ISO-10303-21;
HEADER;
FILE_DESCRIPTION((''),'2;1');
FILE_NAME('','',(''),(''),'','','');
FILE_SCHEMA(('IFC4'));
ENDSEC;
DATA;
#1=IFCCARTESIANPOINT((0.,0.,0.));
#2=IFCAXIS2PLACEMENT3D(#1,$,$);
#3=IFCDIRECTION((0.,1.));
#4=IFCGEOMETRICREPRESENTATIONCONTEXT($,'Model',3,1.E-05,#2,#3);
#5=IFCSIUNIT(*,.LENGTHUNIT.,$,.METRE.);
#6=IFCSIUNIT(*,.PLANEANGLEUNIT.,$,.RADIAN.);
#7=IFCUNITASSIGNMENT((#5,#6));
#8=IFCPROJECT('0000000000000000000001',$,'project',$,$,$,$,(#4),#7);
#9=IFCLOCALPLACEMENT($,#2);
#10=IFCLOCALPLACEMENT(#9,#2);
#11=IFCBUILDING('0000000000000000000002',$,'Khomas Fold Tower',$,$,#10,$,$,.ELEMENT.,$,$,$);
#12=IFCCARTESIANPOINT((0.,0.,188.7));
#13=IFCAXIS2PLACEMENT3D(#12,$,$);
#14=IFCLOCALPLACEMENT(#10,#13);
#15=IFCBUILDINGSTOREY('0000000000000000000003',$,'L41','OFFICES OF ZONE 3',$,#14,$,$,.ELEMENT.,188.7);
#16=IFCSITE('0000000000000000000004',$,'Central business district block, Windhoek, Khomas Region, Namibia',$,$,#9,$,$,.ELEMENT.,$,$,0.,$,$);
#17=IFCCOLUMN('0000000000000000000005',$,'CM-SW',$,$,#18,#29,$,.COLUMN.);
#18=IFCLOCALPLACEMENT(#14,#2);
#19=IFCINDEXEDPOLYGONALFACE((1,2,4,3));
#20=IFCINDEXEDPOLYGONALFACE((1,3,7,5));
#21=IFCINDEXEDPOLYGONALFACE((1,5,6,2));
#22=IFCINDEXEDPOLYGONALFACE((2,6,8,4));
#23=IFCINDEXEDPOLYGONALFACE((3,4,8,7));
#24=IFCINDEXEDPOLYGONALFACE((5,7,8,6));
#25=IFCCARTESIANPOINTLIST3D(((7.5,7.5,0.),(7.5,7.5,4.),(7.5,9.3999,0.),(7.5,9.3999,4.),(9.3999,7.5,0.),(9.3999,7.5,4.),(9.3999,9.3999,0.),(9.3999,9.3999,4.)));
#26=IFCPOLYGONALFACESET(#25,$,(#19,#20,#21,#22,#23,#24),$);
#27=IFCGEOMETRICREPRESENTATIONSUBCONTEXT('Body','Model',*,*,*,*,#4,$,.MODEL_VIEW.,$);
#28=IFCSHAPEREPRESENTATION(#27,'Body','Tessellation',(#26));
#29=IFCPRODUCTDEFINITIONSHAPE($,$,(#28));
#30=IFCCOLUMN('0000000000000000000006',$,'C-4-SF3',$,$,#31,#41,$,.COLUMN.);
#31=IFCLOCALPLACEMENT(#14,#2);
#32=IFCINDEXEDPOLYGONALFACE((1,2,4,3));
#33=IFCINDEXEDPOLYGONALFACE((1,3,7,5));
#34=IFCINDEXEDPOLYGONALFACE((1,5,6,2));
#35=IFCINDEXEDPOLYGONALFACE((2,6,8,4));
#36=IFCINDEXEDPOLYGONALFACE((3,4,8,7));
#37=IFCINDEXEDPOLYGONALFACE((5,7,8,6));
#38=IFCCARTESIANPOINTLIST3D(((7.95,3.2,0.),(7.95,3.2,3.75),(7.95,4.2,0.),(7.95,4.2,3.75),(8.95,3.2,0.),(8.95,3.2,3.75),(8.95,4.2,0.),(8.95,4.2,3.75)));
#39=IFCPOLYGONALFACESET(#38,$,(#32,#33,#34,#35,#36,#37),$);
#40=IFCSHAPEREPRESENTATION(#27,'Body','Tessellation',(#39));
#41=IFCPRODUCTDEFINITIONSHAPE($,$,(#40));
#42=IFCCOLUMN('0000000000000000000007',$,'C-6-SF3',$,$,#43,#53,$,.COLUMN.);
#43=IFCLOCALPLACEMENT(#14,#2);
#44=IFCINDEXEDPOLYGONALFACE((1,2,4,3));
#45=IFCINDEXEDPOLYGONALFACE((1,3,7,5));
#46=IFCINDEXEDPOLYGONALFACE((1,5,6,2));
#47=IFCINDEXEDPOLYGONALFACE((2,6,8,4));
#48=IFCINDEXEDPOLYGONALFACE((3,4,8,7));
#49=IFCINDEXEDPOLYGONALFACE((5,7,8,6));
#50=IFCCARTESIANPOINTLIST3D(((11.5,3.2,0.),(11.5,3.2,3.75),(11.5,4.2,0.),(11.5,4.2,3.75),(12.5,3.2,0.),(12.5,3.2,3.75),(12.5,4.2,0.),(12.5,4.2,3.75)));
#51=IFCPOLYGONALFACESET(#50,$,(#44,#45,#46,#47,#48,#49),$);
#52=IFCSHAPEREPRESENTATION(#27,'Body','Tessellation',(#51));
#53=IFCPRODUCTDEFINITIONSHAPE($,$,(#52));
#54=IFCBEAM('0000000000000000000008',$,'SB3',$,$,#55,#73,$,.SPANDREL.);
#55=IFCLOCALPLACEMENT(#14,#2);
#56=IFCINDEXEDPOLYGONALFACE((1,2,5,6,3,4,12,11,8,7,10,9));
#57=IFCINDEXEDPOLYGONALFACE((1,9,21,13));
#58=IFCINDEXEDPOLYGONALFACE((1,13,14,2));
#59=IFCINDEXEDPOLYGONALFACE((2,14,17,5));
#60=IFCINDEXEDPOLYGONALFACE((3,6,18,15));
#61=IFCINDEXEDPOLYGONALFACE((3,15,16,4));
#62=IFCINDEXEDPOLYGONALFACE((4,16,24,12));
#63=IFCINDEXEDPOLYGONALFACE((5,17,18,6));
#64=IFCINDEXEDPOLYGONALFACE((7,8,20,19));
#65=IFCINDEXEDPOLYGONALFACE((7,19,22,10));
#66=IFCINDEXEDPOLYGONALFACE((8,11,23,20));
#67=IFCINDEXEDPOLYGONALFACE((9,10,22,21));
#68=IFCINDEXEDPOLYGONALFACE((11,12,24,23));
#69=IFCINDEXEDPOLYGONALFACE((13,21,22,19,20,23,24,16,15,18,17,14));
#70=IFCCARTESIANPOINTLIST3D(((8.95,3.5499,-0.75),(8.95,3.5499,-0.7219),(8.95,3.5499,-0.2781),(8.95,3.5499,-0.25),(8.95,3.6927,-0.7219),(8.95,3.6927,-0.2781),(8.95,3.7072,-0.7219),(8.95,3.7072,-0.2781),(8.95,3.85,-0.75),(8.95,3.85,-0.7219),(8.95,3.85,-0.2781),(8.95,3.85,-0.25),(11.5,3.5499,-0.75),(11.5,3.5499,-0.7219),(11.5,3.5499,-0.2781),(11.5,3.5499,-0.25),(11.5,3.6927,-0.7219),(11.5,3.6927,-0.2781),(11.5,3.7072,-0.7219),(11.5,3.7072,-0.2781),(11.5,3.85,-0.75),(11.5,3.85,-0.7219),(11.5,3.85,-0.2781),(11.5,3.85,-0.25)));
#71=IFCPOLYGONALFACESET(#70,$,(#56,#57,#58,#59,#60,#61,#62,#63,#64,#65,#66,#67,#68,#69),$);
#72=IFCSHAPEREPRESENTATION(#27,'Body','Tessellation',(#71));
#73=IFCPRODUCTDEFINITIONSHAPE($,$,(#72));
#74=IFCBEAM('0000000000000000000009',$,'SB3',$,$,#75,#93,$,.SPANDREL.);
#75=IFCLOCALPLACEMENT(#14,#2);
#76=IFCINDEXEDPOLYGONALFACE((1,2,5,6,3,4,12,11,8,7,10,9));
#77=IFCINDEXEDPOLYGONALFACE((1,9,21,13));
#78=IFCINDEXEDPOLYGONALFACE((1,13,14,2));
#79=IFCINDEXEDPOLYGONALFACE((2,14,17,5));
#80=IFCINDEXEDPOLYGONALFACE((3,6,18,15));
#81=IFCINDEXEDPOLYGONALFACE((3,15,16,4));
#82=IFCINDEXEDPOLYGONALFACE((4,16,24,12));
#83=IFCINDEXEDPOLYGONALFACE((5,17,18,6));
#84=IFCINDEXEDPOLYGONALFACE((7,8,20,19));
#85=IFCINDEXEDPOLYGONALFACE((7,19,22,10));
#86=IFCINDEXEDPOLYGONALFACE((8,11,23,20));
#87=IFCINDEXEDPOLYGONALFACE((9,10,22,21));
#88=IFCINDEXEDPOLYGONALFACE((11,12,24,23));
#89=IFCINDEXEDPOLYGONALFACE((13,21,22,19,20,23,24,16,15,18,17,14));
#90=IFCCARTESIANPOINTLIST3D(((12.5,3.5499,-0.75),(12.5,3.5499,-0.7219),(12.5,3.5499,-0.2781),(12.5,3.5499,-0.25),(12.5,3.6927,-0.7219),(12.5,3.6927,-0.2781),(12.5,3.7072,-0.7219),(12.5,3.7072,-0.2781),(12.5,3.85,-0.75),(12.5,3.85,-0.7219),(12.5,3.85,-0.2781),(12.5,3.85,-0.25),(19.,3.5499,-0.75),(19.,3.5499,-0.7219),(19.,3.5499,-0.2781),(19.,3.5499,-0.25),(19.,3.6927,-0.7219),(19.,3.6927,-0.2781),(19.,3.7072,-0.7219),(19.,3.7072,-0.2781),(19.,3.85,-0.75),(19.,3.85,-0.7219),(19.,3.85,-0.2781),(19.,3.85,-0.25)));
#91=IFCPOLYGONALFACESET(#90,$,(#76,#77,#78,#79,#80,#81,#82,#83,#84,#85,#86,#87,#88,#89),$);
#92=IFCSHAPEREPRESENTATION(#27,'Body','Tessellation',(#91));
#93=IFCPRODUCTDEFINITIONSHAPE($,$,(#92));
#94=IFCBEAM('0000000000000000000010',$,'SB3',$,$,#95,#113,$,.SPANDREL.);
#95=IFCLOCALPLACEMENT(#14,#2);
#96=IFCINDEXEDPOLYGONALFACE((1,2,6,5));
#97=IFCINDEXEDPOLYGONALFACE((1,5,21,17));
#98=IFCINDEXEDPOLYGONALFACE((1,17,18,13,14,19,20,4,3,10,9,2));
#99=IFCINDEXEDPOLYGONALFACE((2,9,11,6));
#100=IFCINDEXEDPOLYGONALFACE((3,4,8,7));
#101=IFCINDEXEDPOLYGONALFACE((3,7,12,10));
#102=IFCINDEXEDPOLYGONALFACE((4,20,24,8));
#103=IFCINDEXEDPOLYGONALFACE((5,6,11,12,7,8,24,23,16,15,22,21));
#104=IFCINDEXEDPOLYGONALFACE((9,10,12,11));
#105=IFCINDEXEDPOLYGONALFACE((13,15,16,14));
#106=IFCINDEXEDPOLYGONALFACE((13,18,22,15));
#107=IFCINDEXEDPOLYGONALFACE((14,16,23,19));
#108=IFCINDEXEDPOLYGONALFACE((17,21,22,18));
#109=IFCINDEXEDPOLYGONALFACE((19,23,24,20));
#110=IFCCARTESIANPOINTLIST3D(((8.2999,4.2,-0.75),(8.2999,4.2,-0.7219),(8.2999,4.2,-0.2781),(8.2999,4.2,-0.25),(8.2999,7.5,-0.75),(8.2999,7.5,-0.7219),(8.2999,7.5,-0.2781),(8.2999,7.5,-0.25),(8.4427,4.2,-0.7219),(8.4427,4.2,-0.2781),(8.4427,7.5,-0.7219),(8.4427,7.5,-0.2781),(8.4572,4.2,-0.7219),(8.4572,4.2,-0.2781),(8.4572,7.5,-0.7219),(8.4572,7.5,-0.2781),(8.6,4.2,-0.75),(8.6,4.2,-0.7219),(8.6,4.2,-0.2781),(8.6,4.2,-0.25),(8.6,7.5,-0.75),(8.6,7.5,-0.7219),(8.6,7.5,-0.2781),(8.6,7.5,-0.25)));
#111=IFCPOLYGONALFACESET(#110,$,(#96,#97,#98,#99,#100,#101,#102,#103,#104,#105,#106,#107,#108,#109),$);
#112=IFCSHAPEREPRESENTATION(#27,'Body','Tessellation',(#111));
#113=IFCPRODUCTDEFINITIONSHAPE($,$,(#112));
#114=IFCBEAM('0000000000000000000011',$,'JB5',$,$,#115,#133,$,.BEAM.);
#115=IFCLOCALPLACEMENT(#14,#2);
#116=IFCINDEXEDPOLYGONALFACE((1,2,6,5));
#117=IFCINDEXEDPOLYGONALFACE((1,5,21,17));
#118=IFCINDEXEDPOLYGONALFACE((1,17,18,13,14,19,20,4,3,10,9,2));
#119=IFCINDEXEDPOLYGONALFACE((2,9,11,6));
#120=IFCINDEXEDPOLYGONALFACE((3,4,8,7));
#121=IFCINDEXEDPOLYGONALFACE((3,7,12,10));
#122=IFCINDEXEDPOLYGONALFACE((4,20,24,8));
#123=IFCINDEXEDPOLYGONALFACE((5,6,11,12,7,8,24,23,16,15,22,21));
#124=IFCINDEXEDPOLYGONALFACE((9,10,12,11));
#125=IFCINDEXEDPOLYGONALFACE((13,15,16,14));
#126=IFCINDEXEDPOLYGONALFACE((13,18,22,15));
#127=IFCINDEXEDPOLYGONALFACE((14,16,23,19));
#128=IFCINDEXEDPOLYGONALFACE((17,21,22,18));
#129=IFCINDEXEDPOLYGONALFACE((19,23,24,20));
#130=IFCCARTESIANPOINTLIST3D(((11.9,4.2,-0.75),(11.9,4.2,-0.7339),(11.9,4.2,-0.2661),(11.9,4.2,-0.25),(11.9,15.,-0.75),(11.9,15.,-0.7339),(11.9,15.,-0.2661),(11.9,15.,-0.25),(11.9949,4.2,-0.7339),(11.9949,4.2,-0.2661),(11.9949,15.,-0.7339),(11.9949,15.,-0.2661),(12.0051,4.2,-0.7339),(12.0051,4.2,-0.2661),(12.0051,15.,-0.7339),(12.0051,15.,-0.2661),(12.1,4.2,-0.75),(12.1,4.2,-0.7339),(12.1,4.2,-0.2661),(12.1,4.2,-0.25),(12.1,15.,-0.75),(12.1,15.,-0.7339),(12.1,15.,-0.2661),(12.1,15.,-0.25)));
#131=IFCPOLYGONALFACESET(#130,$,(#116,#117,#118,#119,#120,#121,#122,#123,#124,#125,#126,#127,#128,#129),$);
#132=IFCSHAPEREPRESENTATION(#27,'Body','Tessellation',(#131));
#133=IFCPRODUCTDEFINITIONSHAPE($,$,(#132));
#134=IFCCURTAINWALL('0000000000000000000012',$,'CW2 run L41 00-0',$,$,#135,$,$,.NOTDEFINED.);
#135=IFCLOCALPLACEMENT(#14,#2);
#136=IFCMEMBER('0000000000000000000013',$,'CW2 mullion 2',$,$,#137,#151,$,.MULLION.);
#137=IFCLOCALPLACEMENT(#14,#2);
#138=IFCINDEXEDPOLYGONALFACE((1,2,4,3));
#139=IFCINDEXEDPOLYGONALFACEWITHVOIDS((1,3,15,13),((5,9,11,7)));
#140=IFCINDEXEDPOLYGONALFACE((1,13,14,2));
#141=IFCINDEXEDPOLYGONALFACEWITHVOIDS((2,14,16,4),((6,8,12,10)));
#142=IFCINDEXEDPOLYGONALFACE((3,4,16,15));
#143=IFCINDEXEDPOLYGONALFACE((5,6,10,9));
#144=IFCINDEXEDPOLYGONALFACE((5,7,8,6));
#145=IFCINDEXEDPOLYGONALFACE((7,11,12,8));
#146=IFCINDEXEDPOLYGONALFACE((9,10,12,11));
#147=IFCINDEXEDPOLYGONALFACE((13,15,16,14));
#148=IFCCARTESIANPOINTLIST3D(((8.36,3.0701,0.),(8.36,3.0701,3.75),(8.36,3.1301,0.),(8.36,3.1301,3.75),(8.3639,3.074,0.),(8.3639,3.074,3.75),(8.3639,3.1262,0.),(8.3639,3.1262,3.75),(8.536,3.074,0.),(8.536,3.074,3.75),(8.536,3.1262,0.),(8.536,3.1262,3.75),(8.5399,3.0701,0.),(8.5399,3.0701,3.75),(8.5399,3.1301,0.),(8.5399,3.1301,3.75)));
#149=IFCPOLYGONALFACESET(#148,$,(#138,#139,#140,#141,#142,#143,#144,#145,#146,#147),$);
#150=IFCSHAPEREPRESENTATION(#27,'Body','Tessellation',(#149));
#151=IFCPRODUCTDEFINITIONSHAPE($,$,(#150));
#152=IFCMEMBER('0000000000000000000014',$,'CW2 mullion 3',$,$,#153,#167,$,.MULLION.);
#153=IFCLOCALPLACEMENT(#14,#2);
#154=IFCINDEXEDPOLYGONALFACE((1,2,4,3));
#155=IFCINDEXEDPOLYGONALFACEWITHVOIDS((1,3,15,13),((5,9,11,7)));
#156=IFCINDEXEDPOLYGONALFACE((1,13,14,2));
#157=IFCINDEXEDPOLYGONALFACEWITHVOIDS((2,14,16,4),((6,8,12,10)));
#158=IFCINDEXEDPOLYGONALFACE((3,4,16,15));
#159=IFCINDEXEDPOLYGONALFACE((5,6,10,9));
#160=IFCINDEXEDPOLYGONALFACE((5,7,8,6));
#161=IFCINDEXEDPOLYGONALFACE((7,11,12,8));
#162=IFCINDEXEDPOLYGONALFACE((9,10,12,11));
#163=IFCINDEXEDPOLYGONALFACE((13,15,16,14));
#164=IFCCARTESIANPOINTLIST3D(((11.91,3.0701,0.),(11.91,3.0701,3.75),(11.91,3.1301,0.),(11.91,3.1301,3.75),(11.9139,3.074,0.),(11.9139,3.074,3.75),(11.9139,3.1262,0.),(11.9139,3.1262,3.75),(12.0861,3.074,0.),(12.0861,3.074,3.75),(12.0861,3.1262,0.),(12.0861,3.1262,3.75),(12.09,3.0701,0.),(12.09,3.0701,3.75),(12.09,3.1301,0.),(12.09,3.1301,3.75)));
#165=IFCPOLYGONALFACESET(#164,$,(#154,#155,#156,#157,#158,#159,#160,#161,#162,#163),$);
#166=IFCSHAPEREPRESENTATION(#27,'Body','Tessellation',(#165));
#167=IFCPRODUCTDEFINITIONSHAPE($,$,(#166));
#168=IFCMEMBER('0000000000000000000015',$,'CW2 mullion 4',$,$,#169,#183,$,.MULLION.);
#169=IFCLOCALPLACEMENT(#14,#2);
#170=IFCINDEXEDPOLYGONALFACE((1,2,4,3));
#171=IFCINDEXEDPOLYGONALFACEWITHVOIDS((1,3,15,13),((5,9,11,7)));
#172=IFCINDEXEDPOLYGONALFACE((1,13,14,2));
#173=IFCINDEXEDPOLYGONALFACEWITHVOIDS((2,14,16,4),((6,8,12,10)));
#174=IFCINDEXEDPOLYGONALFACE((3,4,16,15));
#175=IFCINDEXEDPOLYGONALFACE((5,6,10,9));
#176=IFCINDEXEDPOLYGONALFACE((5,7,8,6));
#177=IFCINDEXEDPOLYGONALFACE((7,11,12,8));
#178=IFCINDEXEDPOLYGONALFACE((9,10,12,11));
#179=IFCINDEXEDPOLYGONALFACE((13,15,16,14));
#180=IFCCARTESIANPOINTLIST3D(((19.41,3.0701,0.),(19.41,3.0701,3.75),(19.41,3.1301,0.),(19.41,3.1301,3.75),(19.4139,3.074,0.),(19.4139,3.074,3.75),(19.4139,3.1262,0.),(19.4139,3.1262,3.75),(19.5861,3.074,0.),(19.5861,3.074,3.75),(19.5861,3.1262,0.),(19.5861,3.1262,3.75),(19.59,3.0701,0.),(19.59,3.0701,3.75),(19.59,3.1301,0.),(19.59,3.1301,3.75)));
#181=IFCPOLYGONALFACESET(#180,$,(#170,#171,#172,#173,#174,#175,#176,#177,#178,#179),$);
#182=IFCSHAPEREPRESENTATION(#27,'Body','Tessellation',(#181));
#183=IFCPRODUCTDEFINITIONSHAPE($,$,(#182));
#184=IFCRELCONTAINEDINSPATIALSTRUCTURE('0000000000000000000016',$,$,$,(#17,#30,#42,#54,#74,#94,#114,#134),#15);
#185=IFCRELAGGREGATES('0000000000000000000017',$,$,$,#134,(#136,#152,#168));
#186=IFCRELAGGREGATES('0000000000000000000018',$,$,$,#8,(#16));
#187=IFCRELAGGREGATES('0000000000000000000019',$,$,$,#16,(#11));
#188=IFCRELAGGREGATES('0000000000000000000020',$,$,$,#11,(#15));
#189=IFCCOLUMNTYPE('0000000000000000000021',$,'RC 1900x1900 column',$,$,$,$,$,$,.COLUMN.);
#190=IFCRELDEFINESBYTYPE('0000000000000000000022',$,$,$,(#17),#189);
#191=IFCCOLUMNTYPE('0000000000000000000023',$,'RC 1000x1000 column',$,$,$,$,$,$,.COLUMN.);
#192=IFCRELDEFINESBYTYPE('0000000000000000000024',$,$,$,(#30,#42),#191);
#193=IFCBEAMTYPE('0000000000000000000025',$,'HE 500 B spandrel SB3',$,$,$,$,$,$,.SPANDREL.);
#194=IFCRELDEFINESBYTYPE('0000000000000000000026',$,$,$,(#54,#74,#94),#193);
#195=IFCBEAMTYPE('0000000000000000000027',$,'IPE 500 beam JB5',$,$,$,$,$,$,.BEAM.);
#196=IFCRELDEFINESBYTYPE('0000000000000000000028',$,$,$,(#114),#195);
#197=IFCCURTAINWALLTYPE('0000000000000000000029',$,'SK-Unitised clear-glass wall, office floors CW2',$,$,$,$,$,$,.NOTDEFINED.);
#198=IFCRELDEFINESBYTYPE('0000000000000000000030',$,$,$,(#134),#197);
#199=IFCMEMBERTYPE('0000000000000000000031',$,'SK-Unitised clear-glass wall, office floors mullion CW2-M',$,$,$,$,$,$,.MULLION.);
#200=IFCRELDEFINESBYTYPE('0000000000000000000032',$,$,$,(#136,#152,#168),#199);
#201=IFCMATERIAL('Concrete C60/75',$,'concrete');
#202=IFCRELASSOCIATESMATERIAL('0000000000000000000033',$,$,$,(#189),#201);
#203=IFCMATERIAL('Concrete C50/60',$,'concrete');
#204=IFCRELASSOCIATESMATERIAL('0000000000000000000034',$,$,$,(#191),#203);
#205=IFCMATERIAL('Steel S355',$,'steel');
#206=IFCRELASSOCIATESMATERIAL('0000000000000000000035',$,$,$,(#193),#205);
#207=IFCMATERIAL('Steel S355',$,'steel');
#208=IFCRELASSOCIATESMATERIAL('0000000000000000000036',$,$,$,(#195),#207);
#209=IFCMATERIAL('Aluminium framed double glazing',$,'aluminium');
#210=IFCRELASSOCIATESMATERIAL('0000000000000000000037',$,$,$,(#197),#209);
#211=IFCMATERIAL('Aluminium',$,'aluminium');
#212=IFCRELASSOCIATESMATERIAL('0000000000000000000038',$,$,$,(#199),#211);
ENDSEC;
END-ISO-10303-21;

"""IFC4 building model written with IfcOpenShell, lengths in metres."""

from ifc_helpers import new_model, si_unit, direction, frame, origin, origin_2d, place, context, subcontext, project, spatial, rectangle, hollow_rectangle, i_section, extrude, source, transform, mapped, material, material_profile, profile_set, type_object, element, aggregate, save


model = new_model("IFC4")

# Units and contexts
model_context = context("Model", 3, precision=1e-05, world=origin(), true_north=direction((0.0, 1.0)))
body_context = subcontext(model_context, "Body", "Model", "MODEL_VIEW")
ifc_project = project(units=[si_unit("LENGTHUNIT", "METRE"), si_unit("PLANEANGLEUNIT", "RADIAN")], contexts=[model_context])

# Site, building, storey
site_placement = place(None, origin())
site = spatial("IfcSite", under=ifc_project, at=site_placement, Name="Central business district block, Windhoek, Khomas Region, Namibia", CompositionType="ELEMENT", RefElevation=0.0)
building_placement = place(site_placement, origin())
building = spatial("IfcBuilding", under=site, at=building_placement, Name="Khomas Fold Tower", CompositionType="ELEMENT")
storey_placement = place(building_placement, frame((0.0, 0.0, 188.7)))
storey = spatial("IfcBuildingStorey", under=building, at=storey_placement, Name="L41", Description="OFFICES OF ZONE 3", CompositionType="ELEMENT", Elevation=188.7)

# Columns
ifc_material_1 = material(Name="Concrete C60/75", Category="concrete")
ifc_material_profile_1 = material_profile(ifc_material_1, rectangle(XDim=1.8999, YDim=1.8999, at=origin_2d()), Name="RC 1900x1900")
ifc_profile_set_1 = profile_set([ifc_material_profile_1], Name="Concrete C60/75")
column_type_1 = type_object("IfcColumnType", Name="RC 1900x1900 column", PredefinedType="COLUMN", material=ifc_profile_set_1)
shared_shape_1 = source(origin(), body_context, "Body", "SweptSolid", [
    extrude(rectangle(XDim=1.8999, YDim=1.8999, at=origin_2d()), origin(), (0.0, 0.0, 1.0), 4.0),
])
column_placement = place(storey_placement, frame((8.45, 8.45, 0.0), z_axis=(0.0, 0.0, 1.0), x_axis=(1.0, 0.0, 0.0)))
element("IfcColumn", 1, at=column_placement, inside=storey, type_object=column_type_1, Name="CM-SW", PredefinedType="COLUMN", context=body_context, shape_type="MappedRepresentation", body=[
    mapped(shared_shape_1, transform((0.0, 0.0, 0.0))),
])
ifc_material_2 = material(Name="Concrete C50/60", Category="concrete")
ifc_material_profile_2 = material_profile(ifc_material_2, rectangle(XDim=1.0, YDim=1.0, at=origin_2d()), Name="RC 1000x1000")
ifc_profile_set_2 = profile_set([ifc_material_profile_2], Name="Concrete C50/60")
column_type_2 = type_object("IfcColumnType", Name="RC 1000x1000 column", PredefinedType="COLUMN", material=ifc_profile_set_2)
shared_shape_2 = source(origin(), body_context, "Body", "SweptSolid", [
    extrude(rectangle(XDim=1.0, YDim=1.0, at=origin_2d()), origin(), (0.0, 0.0, 1.0), 3.75),
])
for number, where, z_axis, x_axis, name in (
    (2, (8.45, 3.7, 0.0), (0.0, 0.0, 1.0), (1.0, 0.0, 0.0), "C-4-SF3"),
    (3, (12.0, 3.7, 0.0), (0.0, 0.0, 1.0), (1.0, 0.0, 0.0), "C-6-SF3"),
):
    element("IfcColumn", number, at=place(storey_placement, frame(where, z_axis=z_axis, x_axis=x_axis)), inside=storey, type_object=column_type_2, Name=name, PredefinedType="COLUMN", context=body_context, shape_type="MappedRepresentation", body=[
        mapped(shared_shape_2, transform((0.0, 0.0, 0.0))),
    ])

# Beams
ifc_material_3 = material(Name="Steel S355", Category="steel")
ifc_material_profile_3 = material_profile(ifc_material_3, i_section(OverallWidth=0.3, OverallDepth=0.5, WebThickness=0.0144, FlangeThickness=0.0281, at=origin_2d()), Name="HE 500 B")
ifc_profile_set_3 = profile_set([ifc_material_profile_3], Name="Steel S355")
beam_type_1 = type_object("IfcBeamType", Name="HE 500 B spandrel SB3", PredefinedType="SPANDREL", material=ifc_profile_set_3)
shared_shape_3 = source(origin(), body_context, "Body", "SweptSolid", [
    extrude(i_section(OverallWidth=0.3, OverallDepth=0.5, WebThickness=0.0144, FlangeThickness=0.0281, at=origin_2d()), origin(), (0.0, 0.0, 1.0), 2.55),
])
beam_1_placement = place(storey_placement, frame((8.95, 3.7, -0.5), z_axis=(1.0, 0.0, 0.0), x_axis=(0.0, 1.0, 0.0)))
element("IfcBeam", 4, at=beam_1_placement, inside=storey, type_object=beam_type_1, Name="SB3", PredefinedType="SPANDREL", context=body_context, shape_type="MappedRepresentation", body=[
    mapped(shared_shape_3, transform((0.0, 0.0, 0.0))),
])
shared_shape_4 = source(origin(), body_context, "Body", "SweptSolid", [
    extrude(i_section(OverallWidth=0.3, OverallDepth=0.5, WebThickness=0.0144, FlangeThickness=0.0281, at=origin_2d()), origin(), (0.0, 0.0, 1.0), 6.5),
])
beam_2_placement = place(storey_placement, frame((12.5, 3.7, -0.5), z_axis=(1.0, 0.0, 0.0), x_axis=(0.0, 1.0, 0.0)))
element("IfcBeam", 5, at=beam_2_placement, inside=storey, type_object=beam_type_1, Name="SB3", PredefinedType="SPANDREL", context=body_context, shape_type="MappedRepresentation", body=[
    mapped(shared_shape_4, transform((0.0, 0.0, 0.0))),
])
shared_shape_5 = source(origin(), body_context, "Body", "SweptSolid", [
    extrude(i_section(OverallWidth=0.3, OverallDepth=0.5, WebThickness=0.0144, FlangeThickness=0.0281, at=origin_2d()), origin(), (0.0, 0.0, 1.0), 3.3),
])
beam_3_placement = place(storey_placement, frame((8.45, 4.2, -0.5), z_axis=(0.0, 1.0, 0.0), x_axis=(-1.0, 0.0, 0.0)))
element("IfcBeam", 6, at=beam_3_placement, inside=storey, type_object=beam_type_1, Name="SB3", PredefinedType="SPANDREL", context=body_context, shape_type="MappedRepresentation", body=[
    mapped(shared_shape_5, transform((0.0, 0.0, 0.0))),
])
ifc_material_4 = material(Name="Steel S355", Category="steel")
ifc_material_profile_4 = material_profile(ifc_material_4, i_section(OverallWidth=0.2, OverallDepth=0.5, WebThickness=0.0103, FlangeThickness=0.0161, at=origin_2d()), Name="IPE 500")
ifc_profile_set_4 = profile_set([ifc_material_profile_4], Name="Steel S355")
beam_type_2 = type_object("IfcBeamType", Name="IPE 500 beam JB5", PredefinedType="BEAM", material=ifc_profile_set_4)
shared_shape_6 = source(origin(), body_context, "Body", "SweptSolid", [
    extrude(i_section(OverallWidth=0.2, OverallDepth=0.5, WebThickness=0.0103, FlangeThickness=0.0161, at=origin_2d()), origin(), (0.0, 0.0, 1.0), 10.8),
])
beam_4_placement = place(storey_placement, frame((12.0, 4.2, -0.5), z_axis=(0.0, 1.0, 0.0), x_axis=(-1.0, 0.0, 0.0)))
element("IfcBeam", 7, at=beam_4_placement, inside=storey, type_object=beam_type_2, Name="JB5", PredefinedType="BEAM", context=body_context, shape_type="MappedRepresentation", body=[
    mapped(shared_shape_6, transform((0.0, 0.0, 0.0))),
])

# Curtain wall, members
ifc_material_5 = material(Name="Aluminium framed double glazing", Category="aluminium")
curtain_wall_type = type_object("IfcCurtainWallType", Name="SK-Unitised clear-glass wall, office floors CW2", PredefinedType="NOTDEFINED", material=ifc_material_5)
curtain_wall_1_placement = place(storey_placement, origin())
curtain_wall_1 = element("IfcCurtainWall", 8, at=curtain_wall_1_placement, inside=storey, type_object=curtain_wall_type, Name="CW2 run L41 00-0", PredefinedType="NOTDEFINED")
ifc_material_6 = material(Name="Aluminium", Category="aluminium")
ifc_material_profile_5 = material_profile(ifc_material_6, hollow_rectangle(XDim=0.0601, YDim=0.1799, WallThickness=0.0039, at=origin_2d()), Name="SK-Unitised clear-glass wall, office floors mullion CW2-M")
ifc_profile_set_5 = profile_set([ifc_material_profile_5], Name="Aluminium")
member_type_1 = type_object("IfcMemberType", Name="SK-Unitised clear-glass wall, office floors mullion CW2-M", PredefinedType="MULLION", material=ifc_profile_set_5)
shared_shape_7 = source(origin(), body_context, "Body", "SweptSolid", [
    extrude(hollow_rectangle(XDim=0.0601, YDim=0.1799, WallThickness=0.0039, at=origin_2d()), origin(), (0.0, 0.0, 1.0), 3.75),
])
member_1_placement = place(storey_placement, frame((8.45, 3.1001, 0.0), z_axis=(0.0, 0.0, 1.0), x_axis=(0.0, 1.0, 0.0)))
member_1 = element("IfcMember", 9, at=member_1_placement, type_object=member_type_1, Name="CW2 mullion 2", PredefinedType="MULLION", context=body_context, shape_type="MappedRepresentation", body=[
    mapped(shared_shape_7, transform((0.0, 0.0, 0.0))),
])
member_2_placement = place(storey_placement, frame((12.0, 3.1001, 0.0), z_axis=(0.0, 0.0, 1.0), x_axis=(0.0, 1.0, 0.0)))
member_2 = element("IfcMember", 10, at=member_2_placement, type_object=member_type_1, Name="CW2 mullion 3", PredefinedType="MULLION", context=body_context, shape_type="MappedRepresentation", body=[
    mapped(shared_shape_7, transform((0.0, 0.0, 0.0))),
])
member_3_placement = place(storey_placement, frame((19.5, 3.1001, 0.0), z_axis=(0.0, 0.0, 1.0), x_axis=(0.0, 1.0, 0.0)))
member_3 = element("IfcMember", 11, at=member_3_placement, type_object=member_type_1, Name="CW2 mullion 4", PredefinedType="MULLION", context=body_context, shape_type="MappedRepresentation", body=[
    mapped(shared_shape_7, transform((0.0, 0.0, 0.0))),
])

aggregate(curtain_wall_1, [member_1, member_2, member_3])

save(model, "model.ifc")
